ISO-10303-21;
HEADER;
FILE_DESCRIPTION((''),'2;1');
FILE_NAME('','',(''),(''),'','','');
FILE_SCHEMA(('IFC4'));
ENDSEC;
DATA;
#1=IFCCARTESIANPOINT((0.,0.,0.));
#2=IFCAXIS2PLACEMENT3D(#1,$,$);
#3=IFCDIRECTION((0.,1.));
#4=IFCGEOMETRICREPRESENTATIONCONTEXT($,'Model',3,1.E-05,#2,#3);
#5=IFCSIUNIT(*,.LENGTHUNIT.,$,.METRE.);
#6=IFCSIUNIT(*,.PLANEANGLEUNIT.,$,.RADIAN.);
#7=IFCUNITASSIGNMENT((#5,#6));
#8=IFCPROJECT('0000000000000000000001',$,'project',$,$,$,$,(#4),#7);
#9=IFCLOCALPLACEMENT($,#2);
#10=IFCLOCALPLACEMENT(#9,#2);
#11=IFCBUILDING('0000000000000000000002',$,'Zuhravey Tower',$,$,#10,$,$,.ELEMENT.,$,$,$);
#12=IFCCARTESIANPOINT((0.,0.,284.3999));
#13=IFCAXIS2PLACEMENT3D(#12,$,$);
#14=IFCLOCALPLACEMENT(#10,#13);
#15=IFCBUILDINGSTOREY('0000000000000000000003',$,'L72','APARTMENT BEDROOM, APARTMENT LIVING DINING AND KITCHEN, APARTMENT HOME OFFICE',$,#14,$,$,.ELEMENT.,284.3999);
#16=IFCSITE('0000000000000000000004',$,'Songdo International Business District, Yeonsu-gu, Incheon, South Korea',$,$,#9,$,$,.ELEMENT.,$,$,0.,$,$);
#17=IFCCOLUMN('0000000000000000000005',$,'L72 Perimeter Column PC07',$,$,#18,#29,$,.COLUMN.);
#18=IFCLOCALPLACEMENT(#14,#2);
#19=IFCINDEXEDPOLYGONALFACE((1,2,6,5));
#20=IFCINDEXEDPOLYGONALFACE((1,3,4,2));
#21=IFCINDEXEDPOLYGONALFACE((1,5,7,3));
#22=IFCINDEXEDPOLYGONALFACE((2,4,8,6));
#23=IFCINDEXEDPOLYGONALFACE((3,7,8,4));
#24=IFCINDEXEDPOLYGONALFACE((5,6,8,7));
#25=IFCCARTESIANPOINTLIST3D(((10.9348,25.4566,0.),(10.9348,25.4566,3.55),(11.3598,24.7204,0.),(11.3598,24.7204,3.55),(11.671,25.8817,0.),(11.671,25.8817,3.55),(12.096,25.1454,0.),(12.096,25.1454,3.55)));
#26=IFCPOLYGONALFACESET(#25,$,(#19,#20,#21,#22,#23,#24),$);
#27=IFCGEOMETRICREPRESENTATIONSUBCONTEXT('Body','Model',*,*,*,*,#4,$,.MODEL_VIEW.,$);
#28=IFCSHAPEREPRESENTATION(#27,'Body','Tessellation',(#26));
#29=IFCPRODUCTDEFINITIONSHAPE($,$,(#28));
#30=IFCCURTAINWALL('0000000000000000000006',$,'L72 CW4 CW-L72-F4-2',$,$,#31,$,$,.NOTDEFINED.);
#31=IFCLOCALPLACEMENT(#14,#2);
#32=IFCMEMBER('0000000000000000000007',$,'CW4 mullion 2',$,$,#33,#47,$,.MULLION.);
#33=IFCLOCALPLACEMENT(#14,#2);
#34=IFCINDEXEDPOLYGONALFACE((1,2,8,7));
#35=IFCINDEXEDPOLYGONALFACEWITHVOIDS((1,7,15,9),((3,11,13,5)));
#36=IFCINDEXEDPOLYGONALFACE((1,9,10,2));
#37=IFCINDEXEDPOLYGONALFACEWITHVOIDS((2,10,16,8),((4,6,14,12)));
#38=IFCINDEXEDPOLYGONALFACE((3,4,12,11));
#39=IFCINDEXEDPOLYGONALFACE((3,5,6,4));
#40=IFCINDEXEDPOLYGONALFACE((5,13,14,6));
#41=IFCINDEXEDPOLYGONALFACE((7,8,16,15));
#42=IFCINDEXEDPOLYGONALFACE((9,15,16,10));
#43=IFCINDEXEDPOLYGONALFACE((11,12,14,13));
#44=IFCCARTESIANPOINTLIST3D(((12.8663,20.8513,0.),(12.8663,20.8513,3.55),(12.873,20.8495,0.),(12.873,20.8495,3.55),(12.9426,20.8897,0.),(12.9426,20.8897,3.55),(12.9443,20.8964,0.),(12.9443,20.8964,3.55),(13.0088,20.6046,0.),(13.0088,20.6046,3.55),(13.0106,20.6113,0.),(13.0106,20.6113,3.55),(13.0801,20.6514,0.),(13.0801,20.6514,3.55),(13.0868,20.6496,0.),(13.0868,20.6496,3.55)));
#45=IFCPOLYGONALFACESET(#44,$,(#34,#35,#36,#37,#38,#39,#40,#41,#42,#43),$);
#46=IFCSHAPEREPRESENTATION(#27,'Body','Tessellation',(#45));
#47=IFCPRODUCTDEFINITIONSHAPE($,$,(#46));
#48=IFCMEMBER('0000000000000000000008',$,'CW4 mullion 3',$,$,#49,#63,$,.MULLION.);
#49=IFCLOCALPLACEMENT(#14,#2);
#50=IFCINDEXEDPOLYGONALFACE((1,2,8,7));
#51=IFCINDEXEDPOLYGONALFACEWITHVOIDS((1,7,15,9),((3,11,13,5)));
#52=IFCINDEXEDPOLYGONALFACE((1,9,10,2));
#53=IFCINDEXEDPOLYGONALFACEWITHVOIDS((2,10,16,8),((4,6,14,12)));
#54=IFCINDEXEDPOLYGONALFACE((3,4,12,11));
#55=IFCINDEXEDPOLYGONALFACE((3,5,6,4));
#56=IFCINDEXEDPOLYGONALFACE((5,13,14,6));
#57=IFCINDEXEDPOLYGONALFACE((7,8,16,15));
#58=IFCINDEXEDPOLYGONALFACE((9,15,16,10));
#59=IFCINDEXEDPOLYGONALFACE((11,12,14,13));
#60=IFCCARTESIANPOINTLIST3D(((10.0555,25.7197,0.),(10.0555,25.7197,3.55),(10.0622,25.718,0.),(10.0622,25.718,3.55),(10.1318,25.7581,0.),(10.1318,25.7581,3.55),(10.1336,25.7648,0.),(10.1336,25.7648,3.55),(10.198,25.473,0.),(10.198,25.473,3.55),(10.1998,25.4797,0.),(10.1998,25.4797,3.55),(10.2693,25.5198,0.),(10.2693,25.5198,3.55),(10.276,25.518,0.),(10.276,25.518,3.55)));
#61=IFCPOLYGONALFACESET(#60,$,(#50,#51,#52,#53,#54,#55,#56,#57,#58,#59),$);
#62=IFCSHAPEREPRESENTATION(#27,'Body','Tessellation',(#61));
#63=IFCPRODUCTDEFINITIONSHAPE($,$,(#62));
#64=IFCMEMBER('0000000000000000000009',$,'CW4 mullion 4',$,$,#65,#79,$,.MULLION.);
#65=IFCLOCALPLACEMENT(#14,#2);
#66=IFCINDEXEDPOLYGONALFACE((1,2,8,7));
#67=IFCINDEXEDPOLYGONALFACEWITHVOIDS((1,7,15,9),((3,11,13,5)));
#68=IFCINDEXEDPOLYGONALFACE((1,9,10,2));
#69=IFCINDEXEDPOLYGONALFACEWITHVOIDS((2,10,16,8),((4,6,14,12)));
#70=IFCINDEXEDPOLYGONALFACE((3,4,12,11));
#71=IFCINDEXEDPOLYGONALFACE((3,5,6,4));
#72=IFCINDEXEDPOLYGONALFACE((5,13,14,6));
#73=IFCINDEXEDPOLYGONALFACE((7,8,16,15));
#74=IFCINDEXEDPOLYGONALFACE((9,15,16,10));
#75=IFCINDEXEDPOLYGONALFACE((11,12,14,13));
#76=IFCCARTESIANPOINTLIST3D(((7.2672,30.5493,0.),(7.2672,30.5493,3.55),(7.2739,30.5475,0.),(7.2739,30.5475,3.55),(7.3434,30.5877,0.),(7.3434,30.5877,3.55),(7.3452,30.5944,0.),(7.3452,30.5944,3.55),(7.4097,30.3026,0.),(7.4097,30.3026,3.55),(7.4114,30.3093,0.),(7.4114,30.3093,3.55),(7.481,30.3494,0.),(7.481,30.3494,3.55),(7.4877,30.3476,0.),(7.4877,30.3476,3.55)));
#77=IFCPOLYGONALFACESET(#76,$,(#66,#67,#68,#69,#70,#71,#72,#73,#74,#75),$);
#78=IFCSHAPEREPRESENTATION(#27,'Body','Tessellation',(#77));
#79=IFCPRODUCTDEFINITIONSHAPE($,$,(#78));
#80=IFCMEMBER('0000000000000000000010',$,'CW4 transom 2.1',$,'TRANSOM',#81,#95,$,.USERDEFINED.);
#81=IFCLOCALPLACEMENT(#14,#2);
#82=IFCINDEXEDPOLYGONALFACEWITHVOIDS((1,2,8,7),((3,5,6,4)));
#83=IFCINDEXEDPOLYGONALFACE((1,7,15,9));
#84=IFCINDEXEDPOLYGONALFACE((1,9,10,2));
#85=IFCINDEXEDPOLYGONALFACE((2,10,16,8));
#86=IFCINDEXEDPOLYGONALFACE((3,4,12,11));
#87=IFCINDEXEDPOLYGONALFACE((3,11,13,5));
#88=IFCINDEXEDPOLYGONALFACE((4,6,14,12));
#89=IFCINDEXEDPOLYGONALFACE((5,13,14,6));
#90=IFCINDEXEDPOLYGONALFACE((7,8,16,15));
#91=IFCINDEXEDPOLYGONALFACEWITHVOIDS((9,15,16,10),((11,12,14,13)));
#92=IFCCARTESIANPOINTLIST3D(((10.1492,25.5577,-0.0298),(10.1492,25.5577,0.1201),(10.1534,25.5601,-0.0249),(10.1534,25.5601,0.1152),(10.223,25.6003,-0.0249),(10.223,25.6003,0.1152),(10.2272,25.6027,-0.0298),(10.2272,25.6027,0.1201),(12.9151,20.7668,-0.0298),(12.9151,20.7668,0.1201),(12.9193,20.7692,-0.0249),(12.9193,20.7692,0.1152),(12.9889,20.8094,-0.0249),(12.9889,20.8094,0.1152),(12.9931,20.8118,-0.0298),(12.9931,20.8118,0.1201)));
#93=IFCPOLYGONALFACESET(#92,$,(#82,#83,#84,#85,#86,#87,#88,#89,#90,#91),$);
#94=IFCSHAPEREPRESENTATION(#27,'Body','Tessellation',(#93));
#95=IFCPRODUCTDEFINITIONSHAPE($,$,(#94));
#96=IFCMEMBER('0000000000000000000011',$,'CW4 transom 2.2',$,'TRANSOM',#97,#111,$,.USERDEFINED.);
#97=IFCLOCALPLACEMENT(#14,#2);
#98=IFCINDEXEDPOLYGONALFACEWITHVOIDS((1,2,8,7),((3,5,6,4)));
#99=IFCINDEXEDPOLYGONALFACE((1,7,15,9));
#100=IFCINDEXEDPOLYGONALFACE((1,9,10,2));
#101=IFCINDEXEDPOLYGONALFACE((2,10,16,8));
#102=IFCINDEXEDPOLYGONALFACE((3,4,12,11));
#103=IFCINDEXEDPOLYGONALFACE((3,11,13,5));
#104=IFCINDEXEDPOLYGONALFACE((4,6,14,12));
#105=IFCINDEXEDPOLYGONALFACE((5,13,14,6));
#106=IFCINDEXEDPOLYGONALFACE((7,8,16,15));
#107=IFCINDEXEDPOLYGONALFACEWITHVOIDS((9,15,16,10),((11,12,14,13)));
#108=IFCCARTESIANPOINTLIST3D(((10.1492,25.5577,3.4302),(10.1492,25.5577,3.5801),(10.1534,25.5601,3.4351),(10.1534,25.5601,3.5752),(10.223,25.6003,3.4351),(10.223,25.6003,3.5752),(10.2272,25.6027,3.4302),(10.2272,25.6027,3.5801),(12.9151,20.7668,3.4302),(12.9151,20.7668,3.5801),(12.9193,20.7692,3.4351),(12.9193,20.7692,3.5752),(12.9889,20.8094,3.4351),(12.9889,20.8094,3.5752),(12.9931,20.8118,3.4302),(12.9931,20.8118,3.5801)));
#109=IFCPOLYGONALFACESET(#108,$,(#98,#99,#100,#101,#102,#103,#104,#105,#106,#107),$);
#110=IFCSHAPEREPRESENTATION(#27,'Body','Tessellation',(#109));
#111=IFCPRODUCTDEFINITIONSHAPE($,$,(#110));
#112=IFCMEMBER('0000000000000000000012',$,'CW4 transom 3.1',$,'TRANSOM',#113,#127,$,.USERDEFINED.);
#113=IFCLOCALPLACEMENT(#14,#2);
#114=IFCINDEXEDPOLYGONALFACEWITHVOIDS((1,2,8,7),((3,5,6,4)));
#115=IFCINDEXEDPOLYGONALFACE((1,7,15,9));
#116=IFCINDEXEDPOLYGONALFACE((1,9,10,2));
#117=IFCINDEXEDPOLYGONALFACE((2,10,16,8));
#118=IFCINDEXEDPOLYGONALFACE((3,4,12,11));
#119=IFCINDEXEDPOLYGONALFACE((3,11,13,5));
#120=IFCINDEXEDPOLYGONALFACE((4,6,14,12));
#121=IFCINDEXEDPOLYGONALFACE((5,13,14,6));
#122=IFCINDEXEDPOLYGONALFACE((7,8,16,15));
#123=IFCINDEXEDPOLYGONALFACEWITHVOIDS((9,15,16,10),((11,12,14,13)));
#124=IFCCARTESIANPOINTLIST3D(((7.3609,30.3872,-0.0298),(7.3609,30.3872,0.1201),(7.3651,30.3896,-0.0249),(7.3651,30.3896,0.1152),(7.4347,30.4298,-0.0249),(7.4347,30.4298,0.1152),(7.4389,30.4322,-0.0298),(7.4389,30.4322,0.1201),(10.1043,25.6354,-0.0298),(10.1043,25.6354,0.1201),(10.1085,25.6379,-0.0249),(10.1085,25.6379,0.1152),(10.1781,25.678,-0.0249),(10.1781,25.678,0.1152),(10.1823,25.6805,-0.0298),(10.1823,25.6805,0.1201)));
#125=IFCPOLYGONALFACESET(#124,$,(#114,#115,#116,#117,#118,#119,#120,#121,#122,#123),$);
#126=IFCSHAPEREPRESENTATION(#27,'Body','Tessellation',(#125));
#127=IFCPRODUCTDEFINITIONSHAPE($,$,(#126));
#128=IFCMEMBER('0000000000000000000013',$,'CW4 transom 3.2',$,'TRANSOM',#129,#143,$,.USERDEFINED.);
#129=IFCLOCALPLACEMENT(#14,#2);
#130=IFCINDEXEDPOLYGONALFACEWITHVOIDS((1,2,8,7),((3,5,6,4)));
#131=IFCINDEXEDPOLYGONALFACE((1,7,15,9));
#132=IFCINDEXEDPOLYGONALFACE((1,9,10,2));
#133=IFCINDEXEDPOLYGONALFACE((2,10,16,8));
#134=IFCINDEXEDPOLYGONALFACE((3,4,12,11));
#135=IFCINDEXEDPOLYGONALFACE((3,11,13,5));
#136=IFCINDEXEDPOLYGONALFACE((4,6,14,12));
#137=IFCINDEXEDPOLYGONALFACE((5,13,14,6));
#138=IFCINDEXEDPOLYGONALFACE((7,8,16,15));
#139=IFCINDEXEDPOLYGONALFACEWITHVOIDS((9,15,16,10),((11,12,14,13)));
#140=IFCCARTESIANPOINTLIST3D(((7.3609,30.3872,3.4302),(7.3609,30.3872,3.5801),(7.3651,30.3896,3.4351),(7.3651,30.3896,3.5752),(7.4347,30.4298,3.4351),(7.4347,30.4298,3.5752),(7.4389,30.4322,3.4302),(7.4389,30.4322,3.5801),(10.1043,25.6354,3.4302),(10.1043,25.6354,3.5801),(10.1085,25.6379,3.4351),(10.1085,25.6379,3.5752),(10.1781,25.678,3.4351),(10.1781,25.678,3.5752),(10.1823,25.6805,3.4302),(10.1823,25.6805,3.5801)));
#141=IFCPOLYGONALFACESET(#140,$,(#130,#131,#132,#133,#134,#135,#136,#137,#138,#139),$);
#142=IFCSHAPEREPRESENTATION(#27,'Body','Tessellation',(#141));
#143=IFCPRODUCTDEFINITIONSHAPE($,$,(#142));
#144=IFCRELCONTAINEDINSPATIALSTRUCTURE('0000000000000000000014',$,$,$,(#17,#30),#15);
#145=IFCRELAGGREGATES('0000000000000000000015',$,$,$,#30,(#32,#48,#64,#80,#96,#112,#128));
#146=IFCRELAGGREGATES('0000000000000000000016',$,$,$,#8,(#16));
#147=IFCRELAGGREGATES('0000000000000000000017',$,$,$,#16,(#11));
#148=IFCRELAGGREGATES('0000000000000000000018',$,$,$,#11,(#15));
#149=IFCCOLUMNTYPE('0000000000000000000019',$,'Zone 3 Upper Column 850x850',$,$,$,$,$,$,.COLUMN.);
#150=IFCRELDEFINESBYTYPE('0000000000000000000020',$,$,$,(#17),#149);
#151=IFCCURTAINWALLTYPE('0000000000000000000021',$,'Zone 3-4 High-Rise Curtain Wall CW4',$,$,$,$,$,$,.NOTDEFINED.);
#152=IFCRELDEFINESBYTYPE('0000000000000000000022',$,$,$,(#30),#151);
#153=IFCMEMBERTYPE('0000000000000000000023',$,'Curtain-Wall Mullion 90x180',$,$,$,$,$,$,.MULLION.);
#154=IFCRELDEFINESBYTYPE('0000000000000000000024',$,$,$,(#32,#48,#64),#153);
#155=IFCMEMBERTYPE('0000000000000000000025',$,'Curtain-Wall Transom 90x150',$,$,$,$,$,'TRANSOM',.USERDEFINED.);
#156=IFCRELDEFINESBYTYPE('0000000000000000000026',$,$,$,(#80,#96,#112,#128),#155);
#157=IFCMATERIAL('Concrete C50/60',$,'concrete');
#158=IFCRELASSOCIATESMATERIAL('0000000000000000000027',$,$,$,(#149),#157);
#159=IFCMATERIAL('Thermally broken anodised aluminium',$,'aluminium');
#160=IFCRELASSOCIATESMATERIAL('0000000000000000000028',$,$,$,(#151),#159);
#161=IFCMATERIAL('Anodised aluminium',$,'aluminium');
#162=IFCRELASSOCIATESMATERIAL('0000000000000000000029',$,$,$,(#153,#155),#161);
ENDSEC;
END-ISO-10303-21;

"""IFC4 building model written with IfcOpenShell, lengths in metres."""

from ifc_helpers import new_model, si_unit, direction, frame, origin, origin_2d, place, context, subcontext, project, spatial, rectangle, hollow_rectangle, extrude, material, material_profile, profile_set, type_object, element, aggregate, save


model = new_model("IFC4")

# Units and contexts
model_context = context("Model", 3, precision=1e-05, world=origin(), true_north=direction((0.0, 1.0)))
body_context = subcontext(model_context, "Body", "Model", "MODEL_VIEW")
ifc_project = project(units=[si_unit("LENGTHUNIT", "METRE"), si_unit("PLANEANGLEUNIT", "RADIAN")], contexts=[model_context])

# Site, building, storey
site_placement = place(None, origin())
site = spatial("IfcSite", under=ifc_project, at=site_placement, Name="Songdo International Business District, Yeonsu-gu, Incheon, South Korea", CompositionType="ELEMENT", RefElevation=0.0)
building_placement = place(site_placement, origin())
building = spatial("IfcBuilding", under=site, at=building_placement, Name="Zuhravey Tower", CompositionType="ELEMENT")
storey_placement = place(building_placement, frame((0.0, 0.0, 284.3999)))
storey = spatial("IfcBuildingStorey", under=building, at=storey_placement, Name="L72", Description="APARTMENT BEDROOM, APARTMENT LIVING DINING AND KITCHEN, APARTMENT HOME OFFICE", CompositionType="ELEMENT", Elevation=284.3999)

# Column
ifc_material_1 = material(Name="Concrete C50/60", Category="concrete")
ifc_material_profile_1 = material_profile(ifc_material_1, rectangle(XDim=0.8501, YDim=0.8501, at=origin_2d()), Name="RC-850x850")
ifc_profile_set_1 = profile_set([ifc_material_profile_1], Name="Concrete C50/60")
column_type = type_object("IfcColumnType", Name="Zone 3 Upper Column 850x850", PredefinedType="COLUMN", material=ifc_profile_set_1)
column_placement = place(storey_placement, frame((11.5154, 25.301, 0.0), z_axis=(0.0, 0.0, 1.0), x_axis=(0.5, -0.866025, 0.0)))
element("IfcColumn", 1, at=column_placement, inside=storey, type_object=column_type, Name="L72 Perimeter Column PC07", PredefinedType="COLUMN", context=body_context, shape_type="SweptSolid", body=[
    extrude(rectangle(XDim=0.8501, YDim=0.8501, at=origin_2d()), origin(), (0.0, 0.0, 1.0), 3.55),
])

# Curtain wall, members
ifc_material_2 = material(Name="Thermally broken anodised aluminium", Category="aluminium")
curtain_wall_type = type_object("IfcCurtainWallType", Name="Zone 3-4 High-Rise Curtain Wall CW4", PredefinedType="NOTDEFINED", material=ifc_material_2)
curtain_wall_placement = place(storey_placement, origin())
curtain_wall = element("IfcCurtainWall", 2, at=curtain_wall_placement, inside=storey, type_object=curtain_wall_type, Name="L72 CW4 CW-L72-F4-2", PredefinedType="NOTDEFINED")
ifc_material_3 = material(Name="Anodised aluminium", Category="aluminium")
ifc_material_profile_2 = material_profile(ifc_material_3, hollow_rectangle(XDim=0.0901, YDim=0.2849, WallThickness=0.0049, at=origin_2d()), Name="ALU-RHS-90x285x5")
ifc_profile_set_2 = profile_set([ifc_material_profile_2], Name="Anodised aluminium")
member_type_1 = type_object("IfcMemberType", Name="Curtain-Wall Mullion 90x180", PredefinedType="MULLION", material=ifc_profile_set_2)
member_1_placement = place(storey_placement, frame((12.9766, 20.7505, 0.0), z_axis=(0.0, 0.0, 1.0), x_axis=(-0.866026, -0.5, 0.0)))
member_1 = element("IfcMember", 3, at=member_1_placement, type_object=member_type_1, Name="CW4 mullion 2", PredefinedType="MULLION", context=body_context, shape_type="SweptSolid", body=[
    extrude(hollow_rectangle(XDim=0.0901, YDim=0.2849, WallThickness=0.0049, at=origin_2d()), origin(), (0.0, 0.0, 1.0), 3.55),
])
member_2_placement = place(storey_placement, frame((10.1658, 25.6189, 0.0), z_axis=(0.0, 0.0, 1.0), x_axis=(-0.866026, -0.5, 0.0)))
member_2 = element("IfcMember", 4, at=member_2_placement, type_object=member_type_1, Name="CW4 mullion 3", PredefinedType="MULLION", context=body_context, shape_type="SweptSolid", body=[
    extrude(hollow_rectangle(XDim=0.0901, YDim=0.2849, WallThickness=0.0049, at=origin_2d()), origin(), (0.0, 0.0, 1.0), 3.55),
])
member_3_placement = place(storey_placement, frame((7.3774, 30.4485, 0.0), z_axis=(0.0, 0.0, 1.0), x_axis=(-0.866026, -0.5, 0.0)))
member_3 = element("IfcMember", 5, at=member_3_placement, type_object=member_type_1, Name="CW4 mullion 4", PredefinedType="MULLION", context=body_context, shape_type="SweptSolid", body=[
    extrude(hollow_rectangle(XDim=0.0901, YDim=0.2849, WallThickness=0.0049, at=origin_2d()), origin(), (0.0, 0.0, 1.0), 3.55),
])
ifc_material_profile_3 = material_profile(ifc_material_3, hollow_rectangle(XDim=0.0901, YDim=0.1499, WallThickness=0.0049, at=origin_2d()), Name="ALU-RHS-90x150x5")
ifc_profile_set_3 = profile_set([ifc_material_profile_3], Name="Anodised aluminium")
member_type_2 = type_object("IfcMemberType", Name="Curtain-Wall Transom 90x150", ElementType="TRANSOM", PredefinedType="USERDEFINED", material=ifc_profile_set_3)
member_4_placement = place(storey_placement, frame((12.9541, 20.7893, 0.0452), z_axis=(-0.499989, 0.866032, 0.0), x_axis=(-0.866032, -0.499989, 0.0)))
member_4 = element("IfcMember", 6, at=member_4_placement, type_object=member_type_2, Name="CW4 transom 2.1", ObjectType="TRANSOM", PredefinedType="USERDEFINED", context=body_context, shape_type="SweptSolid", body=[
    extrude(hollow_rectangle(XDim=0.0901, YDim=0.1499, WallThickness=0.0049, at=origin_2d()), origin(), (0.0, 0.0, 1.0), 5.532),
])
member_5_placement = place(storey_placement, frame((12.9541, 20.7893, 3.5051), z_axis=(-0.499989, 0.866032, 0.0), x_axis=(-0.866032, -0.499989, 0.0)))
member_5 = element("IfcMember", 7, at=member_5_placement, type_object=member_type_2, Name="CW4 transom 2.2", ObjectType="TRANSOM", PredefinedType="USERDEFINED", context=body_context, shape_type="SweptSolid", body=[
    extrude(hollow_rectangle(XDim=0.0901, YDim=0.1499, WallThickness=0.0049, at=origin_2d()), origin(), (0.0, 0.0, 1.0), 5.532),
])
member_6_placement = place(storey_placement, frame((10.1433, 25.658, 0.0452), z_axis=(-0.500001, 0.866025, 0.0), x_axis=(-0.866025, -0.500001, 0.0)))
member_6 = element("IfcMember", 8, at=member_6_placement, type_object=member_type_2, Name="CW4 transom 3.1", ObjectType="TRANSOM", PredefinedType="USERDEFINED", context=body_context, shape_type="SweptSolid", body=[
    extrude(hollow_rectangle(XDim=0.0901, YDim=0.1499, WallThickness=0.0049, at=origin_2d()), origin(), (0.0, 0.0, 1.0), 5.4868),
])
member_7_placement = place(storey_placement, frame((10.1433, 25.658, 3.5051), z_axis=(-0.500001, 0.866025, 0.0), x_axis=(-0.866025, -0.500001, 0.0)))
member_7 = element("IfcMember", 9, at=member_7_placement, type_object=member_type_2, Name="CW4 transom 3.2", ObjectType="TRANSOM", PredefinedType="USERDEFINED", context=body_context, shape_type="SweptSolid", body=[
    extrude(hollow_rectangle(XDim=0.0901, YDim=0.1499, WallThickness=0.0049, at=origin_2d()), origin(), (0.0, 0.0, 1.0), 5.4868),
])

aggregate(curtain_wall, [member_1, member_2, member_3, member_4, member_5, member_6, member_7])

save(model, "model.ifc")
